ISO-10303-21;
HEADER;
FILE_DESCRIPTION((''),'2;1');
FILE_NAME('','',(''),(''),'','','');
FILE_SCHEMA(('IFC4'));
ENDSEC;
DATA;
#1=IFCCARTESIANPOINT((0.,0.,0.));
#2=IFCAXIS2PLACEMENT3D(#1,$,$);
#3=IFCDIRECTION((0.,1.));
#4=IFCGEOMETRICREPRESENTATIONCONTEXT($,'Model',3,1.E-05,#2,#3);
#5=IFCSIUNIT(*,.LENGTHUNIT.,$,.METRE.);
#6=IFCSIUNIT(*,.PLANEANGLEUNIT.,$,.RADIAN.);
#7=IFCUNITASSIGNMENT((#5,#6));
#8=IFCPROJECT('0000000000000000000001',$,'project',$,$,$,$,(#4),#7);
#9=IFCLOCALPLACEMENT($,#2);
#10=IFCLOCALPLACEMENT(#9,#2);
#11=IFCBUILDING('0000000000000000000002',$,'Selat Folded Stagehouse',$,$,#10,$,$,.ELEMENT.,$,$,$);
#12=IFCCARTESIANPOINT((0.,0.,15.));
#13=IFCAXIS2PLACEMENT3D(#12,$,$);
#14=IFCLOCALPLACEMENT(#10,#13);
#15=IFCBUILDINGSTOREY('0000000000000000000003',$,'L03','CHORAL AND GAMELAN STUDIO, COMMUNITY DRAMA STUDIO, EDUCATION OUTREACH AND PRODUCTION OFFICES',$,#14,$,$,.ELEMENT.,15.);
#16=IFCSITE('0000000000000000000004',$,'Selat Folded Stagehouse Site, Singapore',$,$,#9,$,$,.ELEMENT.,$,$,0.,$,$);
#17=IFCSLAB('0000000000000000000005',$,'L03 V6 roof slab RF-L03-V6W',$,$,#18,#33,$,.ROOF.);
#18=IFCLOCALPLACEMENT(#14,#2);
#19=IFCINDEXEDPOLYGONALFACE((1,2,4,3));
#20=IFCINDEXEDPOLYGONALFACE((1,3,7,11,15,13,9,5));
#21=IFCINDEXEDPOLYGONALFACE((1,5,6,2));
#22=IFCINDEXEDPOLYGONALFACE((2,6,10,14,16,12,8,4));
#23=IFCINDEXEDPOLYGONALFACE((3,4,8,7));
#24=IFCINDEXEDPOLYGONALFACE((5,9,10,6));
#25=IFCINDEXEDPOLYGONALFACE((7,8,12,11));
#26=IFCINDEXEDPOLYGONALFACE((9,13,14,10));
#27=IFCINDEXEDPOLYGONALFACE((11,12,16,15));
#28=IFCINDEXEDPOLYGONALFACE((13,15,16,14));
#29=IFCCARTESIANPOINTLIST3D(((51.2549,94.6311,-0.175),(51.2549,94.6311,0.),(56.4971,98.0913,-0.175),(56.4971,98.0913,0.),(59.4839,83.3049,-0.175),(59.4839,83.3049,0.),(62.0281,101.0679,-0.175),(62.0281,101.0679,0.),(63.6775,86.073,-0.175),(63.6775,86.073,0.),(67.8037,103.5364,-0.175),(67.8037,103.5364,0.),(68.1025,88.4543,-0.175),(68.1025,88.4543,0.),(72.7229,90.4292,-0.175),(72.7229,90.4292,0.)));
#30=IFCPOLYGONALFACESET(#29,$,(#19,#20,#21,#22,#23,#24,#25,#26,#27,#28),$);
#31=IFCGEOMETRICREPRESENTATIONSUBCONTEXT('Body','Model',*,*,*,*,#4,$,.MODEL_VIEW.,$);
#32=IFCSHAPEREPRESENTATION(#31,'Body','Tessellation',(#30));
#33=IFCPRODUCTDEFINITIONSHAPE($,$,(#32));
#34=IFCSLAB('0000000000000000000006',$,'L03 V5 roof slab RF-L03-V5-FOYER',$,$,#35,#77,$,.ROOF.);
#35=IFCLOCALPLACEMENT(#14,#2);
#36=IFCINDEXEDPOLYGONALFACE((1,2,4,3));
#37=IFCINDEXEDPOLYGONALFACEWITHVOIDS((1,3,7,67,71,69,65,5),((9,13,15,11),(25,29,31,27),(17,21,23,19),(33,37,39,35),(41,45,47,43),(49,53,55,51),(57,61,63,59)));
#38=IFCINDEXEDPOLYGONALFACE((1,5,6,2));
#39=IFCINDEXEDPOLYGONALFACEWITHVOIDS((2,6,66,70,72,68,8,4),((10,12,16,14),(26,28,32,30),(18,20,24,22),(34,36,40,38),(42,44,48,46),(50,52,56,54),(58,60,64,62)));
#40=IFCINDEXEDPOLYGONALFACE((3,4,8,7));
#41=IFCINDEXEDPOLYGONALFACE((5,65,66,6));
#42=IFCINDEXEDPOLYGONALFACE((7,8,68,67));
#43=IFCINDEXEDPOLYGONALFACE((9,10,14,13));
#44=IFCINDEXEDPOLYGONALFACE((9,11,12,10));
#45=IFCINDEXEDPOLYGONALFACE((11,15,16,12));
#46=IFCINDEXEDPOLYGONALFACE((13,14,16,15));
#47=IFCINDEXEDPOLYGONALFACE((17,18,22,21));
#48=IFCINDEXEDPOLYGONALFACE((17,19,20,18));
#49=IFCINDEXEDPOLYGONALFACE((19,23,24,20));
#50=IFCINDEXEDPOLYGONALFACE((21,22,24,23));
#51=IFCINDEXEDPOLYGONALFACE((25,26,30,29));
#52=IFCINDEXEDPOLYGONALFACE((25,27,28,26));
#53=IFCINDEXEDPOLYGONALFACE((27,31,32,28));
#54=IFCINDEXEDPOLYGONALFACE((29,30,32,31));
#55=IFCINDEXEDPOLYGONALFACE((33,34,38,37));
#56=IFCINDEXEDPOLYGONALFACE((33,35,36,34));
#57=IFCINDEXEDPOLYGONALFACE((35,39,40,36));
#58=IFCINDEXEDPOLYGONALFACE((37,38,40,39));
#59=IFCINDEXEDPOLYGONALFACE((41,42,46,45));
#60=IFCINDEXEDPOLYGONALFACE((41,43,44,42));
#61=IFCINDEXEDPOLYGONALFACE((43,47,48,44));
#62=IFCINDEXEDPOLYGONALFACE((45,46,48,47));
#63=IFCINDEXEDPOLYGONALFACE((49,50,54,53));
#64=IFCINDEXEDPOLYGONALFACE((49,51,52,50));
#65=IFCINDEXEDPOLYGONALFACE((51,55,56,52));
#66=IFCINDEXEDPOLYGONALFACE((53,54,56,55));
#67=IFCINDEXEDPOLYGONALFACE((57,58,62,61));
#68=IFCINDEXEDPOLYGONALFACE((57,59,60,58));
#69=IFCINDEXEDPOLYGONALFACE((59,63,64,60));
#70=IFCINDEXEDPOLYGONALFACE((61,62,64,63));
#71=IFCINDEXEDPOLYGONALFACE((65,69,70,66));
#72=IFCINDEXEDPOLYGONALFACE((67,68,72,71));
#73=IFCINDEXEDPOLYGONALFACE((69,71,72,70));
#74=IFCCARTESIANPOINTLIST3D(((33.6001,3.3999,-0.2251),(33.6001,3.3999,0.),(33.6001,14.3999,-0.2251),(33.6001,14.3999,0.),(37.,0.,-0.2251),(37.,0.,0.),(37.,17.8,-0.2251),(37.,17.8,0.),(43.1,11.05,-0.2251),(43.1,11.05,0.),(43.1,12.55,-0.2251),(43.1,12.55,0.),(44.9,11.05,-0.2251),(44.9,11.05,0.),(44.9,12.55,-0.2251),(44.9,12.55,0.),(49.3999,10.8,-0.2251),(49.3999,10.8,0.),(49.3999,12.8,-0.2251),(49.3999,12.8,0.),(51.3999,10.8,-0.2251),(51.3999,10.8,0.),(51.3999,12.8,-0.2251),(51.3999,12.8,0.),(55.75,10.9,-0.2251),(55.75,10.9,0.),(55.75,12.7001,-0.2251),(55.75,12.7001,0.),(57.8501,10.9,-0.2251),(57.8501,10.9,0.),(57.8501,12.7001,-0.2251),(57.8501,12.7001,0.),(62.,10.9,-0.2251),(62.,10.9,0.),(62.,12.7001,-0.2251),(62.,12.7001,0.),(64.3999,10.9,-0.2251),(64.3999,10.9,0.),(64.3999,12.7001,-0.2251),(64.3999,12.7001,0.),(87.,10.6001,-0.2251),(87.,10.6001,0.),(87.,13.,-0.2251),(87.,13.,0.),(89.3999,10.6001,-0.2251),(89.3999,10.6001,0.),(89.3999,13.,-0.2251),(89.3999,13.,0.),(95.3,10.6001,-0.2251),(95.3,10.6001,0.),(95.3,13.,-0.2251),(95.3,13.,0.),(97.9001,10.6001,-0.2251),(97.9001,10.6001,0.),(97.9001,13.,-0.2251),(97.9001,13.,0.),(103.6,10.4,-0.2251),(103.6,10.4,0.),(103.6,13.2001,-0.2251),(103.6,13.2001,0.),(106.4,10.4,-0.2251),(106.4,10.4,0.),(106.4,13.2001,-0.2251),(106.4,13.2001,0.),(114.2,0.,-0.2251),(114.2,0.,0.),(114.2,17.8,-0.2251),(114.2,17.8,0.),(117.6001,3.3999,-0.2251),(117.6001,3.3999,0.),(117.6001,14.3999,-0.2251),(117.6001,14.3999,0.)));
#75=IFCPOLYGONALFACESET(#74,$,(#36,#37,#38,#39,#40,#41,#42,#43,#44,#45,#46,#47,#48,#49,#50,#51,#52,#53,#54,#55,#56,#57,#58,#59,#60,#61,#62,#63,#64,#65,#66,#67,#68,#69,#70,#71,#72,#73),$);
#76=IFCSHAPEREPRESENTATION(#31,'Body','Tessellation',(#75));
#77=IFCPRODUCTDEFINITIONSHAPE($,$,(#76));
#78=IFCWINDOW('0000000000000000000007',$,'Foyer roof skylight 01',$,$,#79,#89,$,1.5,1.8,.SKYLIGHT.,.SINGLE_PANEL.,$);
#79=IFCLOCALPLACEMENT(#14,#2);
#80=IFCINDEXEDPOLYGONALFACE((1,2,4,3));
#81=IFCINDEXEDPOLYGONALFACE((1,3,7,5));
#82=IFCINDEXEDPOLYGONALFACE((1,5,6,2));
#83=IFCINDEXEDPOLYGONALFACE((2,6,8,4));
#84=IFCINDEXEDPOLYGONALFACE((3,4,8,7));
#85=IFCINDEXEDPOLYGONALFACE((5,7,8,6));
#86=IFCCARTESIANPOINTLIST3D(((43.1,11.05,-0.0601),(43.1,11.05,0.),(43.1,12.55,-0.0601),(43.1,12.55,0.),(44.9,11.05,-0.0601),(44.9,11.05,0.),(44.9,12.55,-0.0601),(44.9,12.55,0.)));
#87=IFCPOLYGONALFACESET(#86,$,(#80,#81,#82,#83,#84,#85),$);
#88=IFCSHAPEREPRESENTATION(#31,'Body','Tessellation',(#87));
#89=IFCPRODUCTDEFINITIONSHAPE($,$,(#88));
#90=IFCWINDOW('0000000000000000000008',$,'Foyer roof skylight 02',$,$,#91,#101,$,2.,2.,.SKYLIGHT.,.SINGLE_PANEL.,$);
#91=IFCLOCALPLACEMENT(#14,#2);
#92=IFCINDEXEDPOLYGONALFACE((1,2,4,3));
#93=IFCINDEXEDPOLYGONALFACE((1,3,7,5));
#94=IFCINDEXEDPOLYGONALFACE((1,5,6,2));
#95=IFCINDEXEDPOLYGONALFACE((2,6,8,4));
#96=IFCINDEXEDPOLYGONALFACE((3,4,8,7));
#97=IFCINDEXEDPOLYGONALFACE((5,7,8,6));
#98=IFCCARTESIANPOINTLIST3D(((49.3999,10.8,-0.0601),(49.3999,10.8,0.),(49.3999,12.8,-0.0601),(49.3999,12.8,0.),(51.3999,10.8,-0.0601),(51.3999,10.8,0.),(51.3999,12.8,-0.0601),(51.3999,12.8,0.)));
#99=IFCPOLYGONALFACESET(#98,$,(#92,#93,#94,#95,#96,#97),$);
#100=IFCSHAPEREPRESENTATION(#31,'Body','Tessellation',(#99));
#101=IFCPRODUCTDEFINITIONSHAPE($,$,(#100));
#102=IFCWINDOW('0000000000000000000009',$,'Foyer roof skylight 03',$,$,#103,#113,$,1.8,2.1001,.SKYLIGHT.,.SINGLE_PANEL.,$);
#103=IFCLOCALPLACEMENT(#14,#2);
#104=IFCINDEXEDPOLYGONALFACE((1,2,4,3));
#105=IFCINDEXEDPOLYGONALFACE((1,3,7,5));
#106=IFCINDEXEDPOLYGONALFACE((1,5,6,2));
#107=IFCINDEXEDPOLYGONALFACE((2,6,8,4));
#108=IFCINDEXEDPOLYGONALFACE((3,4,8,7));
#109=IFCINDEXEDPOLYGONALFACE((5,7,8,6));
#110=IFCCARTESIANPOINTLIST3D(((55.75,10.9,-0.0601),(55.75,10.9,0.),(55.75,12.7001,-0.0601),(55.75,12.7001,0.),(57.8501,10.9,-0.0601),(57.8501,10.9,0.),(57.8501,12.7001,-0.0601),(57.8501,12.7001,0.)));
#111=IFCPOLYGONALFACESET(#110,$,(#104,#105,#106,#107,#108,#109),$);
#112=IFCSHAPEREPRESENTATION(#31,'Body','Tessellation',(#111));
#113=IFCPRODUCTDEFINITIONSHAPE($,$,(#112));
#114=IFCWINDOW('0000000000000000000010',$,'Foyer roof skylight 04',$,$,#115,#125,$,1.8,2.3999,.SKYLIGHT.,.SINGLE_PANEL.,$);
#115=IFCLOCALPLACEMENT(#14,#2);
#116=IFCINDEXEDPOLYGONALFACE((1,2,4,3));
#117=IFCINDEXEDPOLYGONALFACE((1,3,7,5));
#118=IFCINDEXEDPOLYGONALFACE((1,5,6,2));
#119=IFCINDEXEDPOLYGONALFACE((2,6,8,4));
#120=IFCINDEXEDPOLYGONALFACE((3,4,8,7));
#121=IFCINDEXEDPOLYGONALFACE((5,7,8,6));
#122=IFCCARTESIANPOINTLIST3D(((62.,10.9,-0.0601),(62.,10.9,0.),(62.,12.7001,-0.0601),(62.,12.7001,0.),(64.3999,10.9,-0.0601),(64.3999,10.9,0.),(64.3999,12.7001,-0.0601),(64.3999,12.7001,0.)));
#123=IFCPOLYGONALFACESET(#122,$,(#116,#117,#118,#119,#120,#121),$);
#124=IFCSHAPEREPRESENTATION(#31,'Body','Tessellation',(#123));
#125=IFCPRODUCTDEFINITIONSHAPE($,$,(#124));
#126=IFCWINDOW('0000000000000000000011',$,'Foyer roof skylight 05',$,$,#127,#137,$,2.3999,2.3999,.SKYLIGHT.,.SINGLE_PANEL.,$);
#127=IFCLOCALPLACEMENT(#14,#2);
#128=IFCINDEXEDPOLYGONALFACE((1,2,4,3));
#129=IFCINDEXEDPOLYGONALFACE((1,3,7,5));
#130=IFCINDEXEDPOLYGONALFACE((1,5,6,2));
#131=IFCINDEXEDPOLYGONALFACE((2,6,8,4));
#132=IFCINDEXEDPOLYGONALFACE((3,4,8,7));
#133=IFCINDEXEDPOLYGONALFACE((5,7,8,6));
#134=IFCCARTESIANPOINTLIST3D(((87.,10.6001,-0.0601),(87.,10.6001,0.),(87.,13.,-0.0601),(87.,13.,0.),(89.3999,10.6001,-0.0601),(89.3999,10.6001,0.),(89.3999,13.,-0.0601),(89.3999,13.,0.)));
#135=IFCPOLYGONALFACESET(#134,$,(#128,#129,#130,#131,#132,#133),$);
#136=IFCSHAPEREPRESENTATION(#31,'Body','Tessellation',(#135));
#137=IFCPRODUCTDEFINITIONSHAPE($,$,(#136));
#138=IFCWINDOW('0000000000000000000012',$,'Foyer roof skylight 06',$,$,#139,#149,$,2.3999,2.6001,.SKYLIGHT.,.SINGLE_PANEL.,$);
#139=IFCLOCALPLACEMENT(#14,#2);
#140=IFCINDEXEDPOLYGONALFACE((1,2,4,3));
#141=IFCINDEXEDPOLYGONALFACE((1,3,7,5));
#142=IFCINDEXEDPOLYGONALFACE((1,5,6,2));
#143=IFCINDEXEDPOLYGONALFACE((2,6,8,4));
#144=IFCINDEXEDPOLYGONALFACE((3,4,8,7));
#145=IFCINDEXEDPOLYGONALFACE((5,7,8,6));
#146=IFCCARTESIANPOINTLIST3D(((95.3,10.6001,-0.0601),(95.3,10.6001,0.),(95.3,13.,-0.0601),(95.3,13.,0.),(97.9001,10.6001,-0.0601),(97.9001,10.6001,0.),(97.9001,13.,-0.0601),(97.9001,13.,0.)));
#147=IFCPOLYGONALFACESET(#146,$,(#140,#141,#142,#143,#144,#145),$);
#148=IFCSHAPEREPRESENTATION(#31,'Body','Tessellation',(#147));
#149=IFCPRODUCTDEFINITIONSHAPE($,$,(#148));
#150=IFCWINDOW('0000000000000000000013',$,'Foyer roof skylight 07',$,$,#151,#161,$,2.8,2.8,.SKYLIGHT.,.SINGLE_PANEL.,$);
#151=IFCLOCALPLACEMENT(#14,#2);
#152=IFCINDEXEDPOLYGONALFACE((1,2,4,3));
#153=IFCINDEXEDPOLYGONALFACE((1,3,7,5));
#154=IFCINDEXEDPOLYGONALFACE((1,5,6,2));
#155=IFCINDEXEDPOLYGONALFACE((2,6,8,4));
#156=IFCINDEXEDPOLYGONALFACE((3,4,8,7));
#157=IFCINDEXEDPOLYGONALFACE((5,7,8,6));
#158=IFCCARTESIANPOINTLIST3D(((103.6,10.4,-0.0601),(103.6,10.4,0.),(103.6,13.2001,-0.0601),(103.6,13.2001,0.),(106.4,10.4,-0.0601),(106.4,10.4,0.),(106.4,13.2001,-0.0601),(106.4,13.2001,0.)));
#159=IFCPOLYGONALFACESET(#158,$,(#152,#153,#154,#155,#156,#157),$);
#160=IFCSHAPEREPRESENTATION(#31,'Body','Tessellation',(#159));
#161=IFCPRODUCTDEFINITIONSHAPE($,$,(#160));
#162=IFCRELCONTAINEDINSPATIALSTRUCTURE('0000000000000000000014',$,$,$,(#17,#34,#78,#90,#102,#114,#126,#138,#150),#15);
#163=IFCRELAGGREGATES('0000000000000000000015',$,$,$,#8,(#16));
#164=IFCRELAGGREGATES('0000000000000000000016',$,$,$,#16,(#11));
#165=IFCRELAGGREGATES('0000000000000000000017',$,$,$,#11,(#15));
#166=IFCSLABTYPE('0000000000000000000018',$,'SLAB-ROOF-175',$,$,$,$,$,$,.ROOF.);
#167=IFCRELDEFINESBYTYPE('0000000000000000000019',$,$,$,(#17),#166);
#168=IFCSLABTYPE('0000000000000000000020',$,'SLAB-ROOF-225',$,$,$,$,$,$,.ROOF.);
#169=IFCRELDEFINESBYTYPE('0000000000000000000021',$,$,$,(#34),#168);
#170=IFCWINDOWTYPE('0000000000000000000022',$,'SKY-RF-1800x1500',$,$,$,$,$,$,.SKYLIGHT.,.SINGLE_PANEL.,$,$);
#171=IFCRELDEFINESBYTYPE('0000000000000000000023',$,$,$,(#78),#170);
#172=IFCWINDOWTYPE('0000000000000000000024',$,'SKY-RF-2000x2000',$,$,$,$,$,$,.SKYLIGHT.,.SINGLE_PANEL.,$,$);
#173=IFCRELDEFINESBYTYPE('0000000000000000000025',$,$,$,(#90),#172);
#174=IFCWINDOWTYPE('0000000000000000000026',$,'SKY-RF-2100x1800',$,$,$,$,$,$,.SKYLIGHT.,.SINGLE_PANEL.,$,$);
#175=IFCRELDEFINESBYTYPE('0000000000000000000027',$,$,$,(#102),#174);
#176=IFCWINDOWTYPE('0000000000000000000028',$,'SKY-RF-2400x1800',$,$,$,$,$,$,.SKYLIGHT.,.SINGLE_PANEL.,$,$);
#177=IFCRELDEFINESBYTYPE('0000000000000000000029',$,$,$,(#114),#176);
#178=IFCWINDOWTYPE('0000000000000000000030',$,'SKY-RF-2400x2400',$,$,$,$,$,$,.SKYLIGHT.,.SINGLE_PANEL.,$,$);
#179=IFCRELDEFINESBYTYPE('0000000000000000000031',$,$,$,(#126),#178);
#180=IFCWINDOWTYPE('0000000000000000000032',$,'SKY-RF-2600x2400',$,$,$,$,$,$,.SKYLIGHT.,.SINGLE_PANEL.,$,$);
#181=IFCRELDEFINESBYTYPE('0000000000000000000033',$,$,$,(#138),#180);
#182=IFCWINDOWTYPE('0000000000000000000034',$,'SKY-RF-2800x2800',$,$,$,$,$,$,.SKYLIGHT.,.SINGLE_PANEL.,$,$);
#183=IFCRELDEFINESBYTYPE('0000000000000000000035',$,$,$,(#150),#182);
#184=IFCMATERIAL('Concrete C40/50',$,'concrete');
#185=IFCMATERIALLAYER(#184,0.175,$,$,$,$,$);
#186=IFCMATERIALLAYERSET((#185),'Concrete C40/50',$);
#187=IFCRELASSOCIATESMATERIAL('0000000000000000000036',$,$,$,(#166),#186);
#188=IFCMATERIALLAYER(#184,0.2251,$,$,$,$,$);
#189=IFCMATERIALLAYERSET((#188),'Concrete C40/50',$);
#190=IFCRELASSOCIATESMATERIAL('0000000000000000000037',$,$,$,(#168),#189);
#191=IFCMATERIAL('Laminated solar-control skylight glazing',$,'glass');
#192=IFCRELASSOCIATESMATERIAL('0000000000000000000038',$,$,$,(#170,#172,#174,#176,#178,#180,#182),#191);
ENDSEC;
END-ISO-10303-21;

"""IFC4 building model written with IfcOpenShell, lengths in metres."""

from ifc_helpers import new_model, si_unit, direction, frame, origin, origin_2d, place, context, subcontext, project, spatial, polyline, rectangle, outline, extrude, material, layer, layer_set, type_object, element, fill, save


model = new_model("IFC4")

# Units and contexts
model_context = context("Model", 3, precision=1e-05, world=origin(), true_north=direction((0.0, 1.0)))
body_context = subcontext(model_context, "Body", "Model", "MODEL_VIEW")
ifc_project = project(units=[si_unit("LENGTHUNIT", "METRE"), si_unit("PLANEANGLEUNIT", "RADIAN")], contexts=[model_context])

# Site, building, storey
site_placement = place(None, origin())
site = spatial("IfcSite", under=ifc_project, at=site_placement, Name="Selat Folded Stagehouse Site, Singapore", CompositionType="ELEMENT", RefElevation=0.0)
building_placement = place(site_placement, origin())
building = spatial("IfcBuilding", under=site, at=building_placement, Name="Selat Folded Stagehouse", CompositionType="ELEMENT")
storey_placement = place(building_placement, frame((0.0, 0.0, 15.0)))
storey = spatial("IfcBuildingStorey", under=building, at=storey_placement, Name="L03", Description="CHORAL AND GAMELAN STUDIO, COMMUNITY DRAMA STUDIO, EDUCATION OUTREACH AND PRODUCTION OFFICES", CompositionType="ELEMENT", Elevation=15.0)

# Slab
ifc_material_1 = material(Name="Concrete C40/50", Category="concrete")
ifc_layer_1 = layer(ifc_material_1, 0.175)
ifc_layer_set_1 = layer_set([ifc_layer_1], Name="Concrete C40/50")
slab_type_1 = type_object("IfcSlabType", Name="SLAB-ROOF-175", PredefinedType="ROOF", material=ifc_layer_set_1)
slab_1_placement = place(storey_placement, frame((0.0, 0.0, -0.175)))
element("IfcSlab", 1, at=slab_1_placement, inside=storey, type_object=slab_type_1, Name="L03 V6 roof slab RF-L03-V6W", PredefinedType="ROOF", context=body_context, shape_type="SweptSolid", body=[
    extrude(outline(polyline([(59.4839, 83.3049), (63.6775, 86.073), (68.1025, 88.4543), (72.7229, 90.4292), (67.8037, 103.5364), (62.0281, 101.0679), (56.4971, 98.0913), (51.2549, 94.6311), (59.4839, 83.3049)])), origin(), (0.0, 0.0, 1.0), 0.175),
])

# Slab, openings, windows
ifc_layer_2 = layer(ifc_material_1, 0.2251)
ifc_layer_set_2 = layer_set([ifc_layer_2], Name="Concrete C40/50")
slab_type_2 = type_object("IfcSlabType", Name="SLAB-ROOF-225", PredefinedType="ROOF", material=ifc_layer_set_2)
slab_2_placement = place(storey_placement, frame((0.0, 0.0, -0.2251)))
slab_2 = element("IfcSlab", 2, at=slab_2_placement, inside=storey, type_object=slab_type_2, Name="L03 V5 roof slab RF-L03-V5-FOYER", PredefinedType="ROOF", context=body_context, shape_type="SweptSolid", body=[
    extrude(outline(polyline([(37.0, 0.0), (114.2, 0.0), (117.6001, 3.3999), (117.6001, 14.3999), (114.2, 17.8), (37.0, 17.8), (33.6001, 14.3999), (33.6001, 3.3999), (37.0, 0.0)])), origin(), (0.0, 0.0, 1.0), 0.2251),
])
opening_1_placement = place(slab_2_placement, frame((44.0, 11.8, -0.01)))
opening_1 = element("IfcOpeningElement", 3, at=opening_1_placement, cuts=slab_2, PredefinedType="OPENING", context=body_context, shape_type="SweptSolid", body=[
    extrude(rectangle(XDim=1.8, YDim=1.5, at=origin_2d()), origin(), (0.0, 0.0, 1.0), 0.2451),
])
opening_2_placement = place(slab_2_placement, frame((50.3999, 11.8, -0.01)))
opening_2 = element("IfcOpeningElement", 4, at=opening_2_placement, cuts=slab_2, PredefinedType="OPENING", context=body_context, shape_type="SweptSolid", body=[
    extrude(rectangle(XDim=2.0, YDim=2.0, at=origin_2d()), origin(), (0.0, 0.0, 1.0), 0.2451),
])
opening_3_placement = place(slab_2_placement, frame((56.8, 11.8, -0.01)))
opening_3 = element("IfcOpeningElement", 5, at=opening_3_placement, cuts=slab_2, PredefinedType="OPENING", context=body_context, shape_type="SweptSolid", body=[
    extrude(rectangle(XDim=2.1001, YDim=1.8, at=origin_2d()), origin(), (0.0, 0.0, 1.0), 0.2451),
])
opening_4_placement = place(slab_2_placement, frame((63.2, 11.8, -0.01)))
opening_4 = element("IfcOpeningElement", 6, at=opening_4_placement, cuts=slab_2, PredefinedType="OPENING", context=body_context, shape_type="SweptSolid", body=[
    extrude(rectangle(XDim=2.3999, YDim=1.8, at=origin_2d()), origin(), (0.0, 0.0, 1.0), 0.2451),
])
opening_5_placement = place(slab_2_placement, frame((88.2, 11.8, -0.01)))
opening_5 = element("IfcOpeningElement", 7, at=opening_5_placement, cuts=slab_2, PredefinedType="OPENING", context=body_context, shape_type="SweptSolid", body=[
    extrude(rectangle(XDim=2.3999, YDim=2.3999, at=origin_2d()), origin(), (0.0, 0.0, 1.0), 0.2451),
])
opening_6_placement = place(slab_2_placement, frame((96.6001, 11.8, -0.01)))
opening_6 = element("IfcOpeningElement", 8, at=opening_6_placement, cuts=slab_2, PredefinedType="OPENING", context=body_context, shape_type="SweptSolid", body=[
    extrude(rectangle(XDim=2.6001, YDim=2.3999, at=origin_2d()), origin(), (0.0, 0.0, 1.0), 0.2451),
])
opening_7_placement = place(slab_2_placement, frame((105.0, 11.8, -0.01)))
opening_7 = element("IfcOpeningElement", 9, at=opening_7_placement, cuts=slab_2, PredefinedType="OPENING", context=body_context, shape_type="SweptSolid", body=[
    extrude(rectangle(XDim=2.8, YDim=2.8, at=origin_2d()), origin(), (0.0, 0.0, 1.0), 0.2451),
])
ifc_material_2 = material(Name="Laminated solar-control skylight glazing", Category="glass")
window_type_1 = type_object("IfcWindowType", Name="SKY-RF-1800x1500", PartitioningType="SINGLE_PANEL", PredefinedType="SKYLIGHT", material=ifc_material_2)
window_1_placement = place(slab_2_placement, frame((44.0, 11.8, 0.165)))
window_1 = element("IfcWindow", 10, at=window_1_placement, inside=storey, type_object=window_type_1, Name="Foyer roof skylight 01", OverallHeight=1.5, OverallWidth=1.8, PartitioningType="SINGLE_PANEL", PredefinedType="SKYLIGHT", context=body_context, shape_type="SweptSolid", body=[
    extrude(rectangle(XDim=1.8, YDim=1.5, at=origin_2d()), origin(), (0.0, 0.0, 1.0), 0.0601),
])
fill(opening_1, window_1)
window_type_2 = type_object("IfcWindowType", Name="SKY-RF-2000x2000", PartitioningType="SINGLE_PANEL", PredefinedType="SKYLIGHT", material=ifc_material_2)
window_2_placement = place(slab_2_placement, frame((50.3999, 11.8, 0.165)))
window_2 = element("IfcWindow", 11, at=window_2_placement, inside=storey, type_object=window_type_2, Name="Foyer roof skylight 02", OverallHeight=2.0, OverallWidth=2.0, PartitioningType="SINGLE_PANEL", PredefinedType="SKYLIGHT", context=body_context, shape_type="SweptSolid", body=[
    extrude(rectangle(XDim=2.0, YDim=2.0, at=origin_2d()), origin(), (0.0, 0.0, 1.0), 0.0601),
])
fill(opening_2, window_2)
window_type_3 = type_object("IfcWindowType", Name="SKY-RF-2100x1800", PartitioningType="SINGLE_PANEL", PredefinedType="SKYLIGHT", material=ifc_material_2)
window_3_placement = place(slab_2_placement, frame((56.8, 11.8, 0.165)))
window_3 = element("IfcWindow", 12, at=window_3_placement, inside=storey, type_object=window_type_3, Name="Foyer roof skylight 03", OverallHeight=1.8, OverallWidth=2.1001, PartitioningType="SINGLE_PANEL", PredefinedType="SKYLIGHT", context=body_context, shape_type="SweptSolid", body=[
    extrude(rectangle(XDim=2.1001, YDim=1.8, at=origin_2d()), origin(), (0.0, 0.0, 1.0), 0.0601),
])
fill(opening_3, window_3)
window_type_4 = type_object("IfcWindowType", Name="SKY-RF-2400x1800", PartitioningType="SINGLE_PANEL", PredefinedType="SKYLIGHT", material=ifc_material_2)
window_4_placement = place(slab_2_placement, frame((63.2, 11.8, 0.165)))
window_4 = element("IfcWindow", 13, at=window_4_placement, inside=storey, type_object=window_type_4, Name="Foyer roof skylight 04", OverallHeight=1.8, OverallWidth=2.3999, PartitioningType="SINGLE_PANEL", PredefinedType="SKYLIGHT", context=body_context, shape_type="SweptSolid", body=[
    extrude(rectangle(XDim=2.3999, YDim=1.8, at=origin_2d()), origin(), (0.0, 0.0, 1.0), 0.0601),
])
fill(opening_4, window_4)
window_type_5 = type_object("IfcWindowType", Name="SKY-RF-2400x2400", PartitioningType="SINGLE_PANEL", PredefinedType="SKYLIGHT", material=ifc_material_2)
window_5_placement = place(slab_2_placement, frame((88.2, 11.8, 0.165)))
window_5 = element("IfcWindow", 14, at=window_5_placement, inside=storey, type_object=window_type_5, Name="Foyer roof skylight 05", OverallHeight=2.3999, OverallWidth=2.3999, PartitioningType="SINGLE_PANEL", PredefinedType="SKYLIGHT", context=body_context, shape_type="SweptSolid", body=[
    extrude(rectangle(XDim=2.3999, YDim=2.3999, at=origin_2d()), origin(), (0.0, 0.0, 1.0), 0.0601),
])
fill(opening_5, window_5)
window_type_6 = type_object("IfcWindowType", Name="SKY-RF-2600x2400", PartitioningType="SINGLE_PANEL", PredefinedType="SKYLIGHT", material=ifc_material_2)
window_6_placement = place(slab_2_placement, frame((96.6001, 11.8, 0.165)))
window_6 = element("IfcWindow", 15, at=window_6_placement, inside=storey, type_object=window_type_6, Name="Foyer roof skylight 06", OverallHeight=2.3999, OverallWidth=2.6001, PartitioningType="SINGLE_PANEL", PredefinedType="SKYLIGHT", context=body_context, shape_type="SweptSolid", body=[
    extrude(rectangle(XDim=2.6001, YDim=2.3999, at=origin_2d()), origin(), (0.0, 0.0, 1.0), 0.0601),
])
fill(opening_6, window_6)
window_type_7 = type_object("IfcWindowType", Name="SKY-RF-2800x2800", PartitioningType="SINGLE_PANEL", PredefinedType="SKYLIGHT", material=ifc_material_2)
window_7_placement = place(slab_2_placement, frame((105.0, 11.8, 0.165)))
window_7 = element("IfcWindow", 16, at=window_7_placement, inside=storey, type_object=window_type_7, Name="Foyer roof skylight 07", OverallHeight=2.8, OverallWidth=2.8, PartitioningType="SINGLE_PANEL", PredefinedType="SKYLIGHT", context=body_context, shape_type="SweptSolid", body=[
    extrude(rectangle(XDim=2.8, YDim=2.8, at=origin_2d()), origin(), (0.0, 0.0, 1.0), 0.0601),
])
fill(opening_7, window_7)

save(model, "model.ifc")
